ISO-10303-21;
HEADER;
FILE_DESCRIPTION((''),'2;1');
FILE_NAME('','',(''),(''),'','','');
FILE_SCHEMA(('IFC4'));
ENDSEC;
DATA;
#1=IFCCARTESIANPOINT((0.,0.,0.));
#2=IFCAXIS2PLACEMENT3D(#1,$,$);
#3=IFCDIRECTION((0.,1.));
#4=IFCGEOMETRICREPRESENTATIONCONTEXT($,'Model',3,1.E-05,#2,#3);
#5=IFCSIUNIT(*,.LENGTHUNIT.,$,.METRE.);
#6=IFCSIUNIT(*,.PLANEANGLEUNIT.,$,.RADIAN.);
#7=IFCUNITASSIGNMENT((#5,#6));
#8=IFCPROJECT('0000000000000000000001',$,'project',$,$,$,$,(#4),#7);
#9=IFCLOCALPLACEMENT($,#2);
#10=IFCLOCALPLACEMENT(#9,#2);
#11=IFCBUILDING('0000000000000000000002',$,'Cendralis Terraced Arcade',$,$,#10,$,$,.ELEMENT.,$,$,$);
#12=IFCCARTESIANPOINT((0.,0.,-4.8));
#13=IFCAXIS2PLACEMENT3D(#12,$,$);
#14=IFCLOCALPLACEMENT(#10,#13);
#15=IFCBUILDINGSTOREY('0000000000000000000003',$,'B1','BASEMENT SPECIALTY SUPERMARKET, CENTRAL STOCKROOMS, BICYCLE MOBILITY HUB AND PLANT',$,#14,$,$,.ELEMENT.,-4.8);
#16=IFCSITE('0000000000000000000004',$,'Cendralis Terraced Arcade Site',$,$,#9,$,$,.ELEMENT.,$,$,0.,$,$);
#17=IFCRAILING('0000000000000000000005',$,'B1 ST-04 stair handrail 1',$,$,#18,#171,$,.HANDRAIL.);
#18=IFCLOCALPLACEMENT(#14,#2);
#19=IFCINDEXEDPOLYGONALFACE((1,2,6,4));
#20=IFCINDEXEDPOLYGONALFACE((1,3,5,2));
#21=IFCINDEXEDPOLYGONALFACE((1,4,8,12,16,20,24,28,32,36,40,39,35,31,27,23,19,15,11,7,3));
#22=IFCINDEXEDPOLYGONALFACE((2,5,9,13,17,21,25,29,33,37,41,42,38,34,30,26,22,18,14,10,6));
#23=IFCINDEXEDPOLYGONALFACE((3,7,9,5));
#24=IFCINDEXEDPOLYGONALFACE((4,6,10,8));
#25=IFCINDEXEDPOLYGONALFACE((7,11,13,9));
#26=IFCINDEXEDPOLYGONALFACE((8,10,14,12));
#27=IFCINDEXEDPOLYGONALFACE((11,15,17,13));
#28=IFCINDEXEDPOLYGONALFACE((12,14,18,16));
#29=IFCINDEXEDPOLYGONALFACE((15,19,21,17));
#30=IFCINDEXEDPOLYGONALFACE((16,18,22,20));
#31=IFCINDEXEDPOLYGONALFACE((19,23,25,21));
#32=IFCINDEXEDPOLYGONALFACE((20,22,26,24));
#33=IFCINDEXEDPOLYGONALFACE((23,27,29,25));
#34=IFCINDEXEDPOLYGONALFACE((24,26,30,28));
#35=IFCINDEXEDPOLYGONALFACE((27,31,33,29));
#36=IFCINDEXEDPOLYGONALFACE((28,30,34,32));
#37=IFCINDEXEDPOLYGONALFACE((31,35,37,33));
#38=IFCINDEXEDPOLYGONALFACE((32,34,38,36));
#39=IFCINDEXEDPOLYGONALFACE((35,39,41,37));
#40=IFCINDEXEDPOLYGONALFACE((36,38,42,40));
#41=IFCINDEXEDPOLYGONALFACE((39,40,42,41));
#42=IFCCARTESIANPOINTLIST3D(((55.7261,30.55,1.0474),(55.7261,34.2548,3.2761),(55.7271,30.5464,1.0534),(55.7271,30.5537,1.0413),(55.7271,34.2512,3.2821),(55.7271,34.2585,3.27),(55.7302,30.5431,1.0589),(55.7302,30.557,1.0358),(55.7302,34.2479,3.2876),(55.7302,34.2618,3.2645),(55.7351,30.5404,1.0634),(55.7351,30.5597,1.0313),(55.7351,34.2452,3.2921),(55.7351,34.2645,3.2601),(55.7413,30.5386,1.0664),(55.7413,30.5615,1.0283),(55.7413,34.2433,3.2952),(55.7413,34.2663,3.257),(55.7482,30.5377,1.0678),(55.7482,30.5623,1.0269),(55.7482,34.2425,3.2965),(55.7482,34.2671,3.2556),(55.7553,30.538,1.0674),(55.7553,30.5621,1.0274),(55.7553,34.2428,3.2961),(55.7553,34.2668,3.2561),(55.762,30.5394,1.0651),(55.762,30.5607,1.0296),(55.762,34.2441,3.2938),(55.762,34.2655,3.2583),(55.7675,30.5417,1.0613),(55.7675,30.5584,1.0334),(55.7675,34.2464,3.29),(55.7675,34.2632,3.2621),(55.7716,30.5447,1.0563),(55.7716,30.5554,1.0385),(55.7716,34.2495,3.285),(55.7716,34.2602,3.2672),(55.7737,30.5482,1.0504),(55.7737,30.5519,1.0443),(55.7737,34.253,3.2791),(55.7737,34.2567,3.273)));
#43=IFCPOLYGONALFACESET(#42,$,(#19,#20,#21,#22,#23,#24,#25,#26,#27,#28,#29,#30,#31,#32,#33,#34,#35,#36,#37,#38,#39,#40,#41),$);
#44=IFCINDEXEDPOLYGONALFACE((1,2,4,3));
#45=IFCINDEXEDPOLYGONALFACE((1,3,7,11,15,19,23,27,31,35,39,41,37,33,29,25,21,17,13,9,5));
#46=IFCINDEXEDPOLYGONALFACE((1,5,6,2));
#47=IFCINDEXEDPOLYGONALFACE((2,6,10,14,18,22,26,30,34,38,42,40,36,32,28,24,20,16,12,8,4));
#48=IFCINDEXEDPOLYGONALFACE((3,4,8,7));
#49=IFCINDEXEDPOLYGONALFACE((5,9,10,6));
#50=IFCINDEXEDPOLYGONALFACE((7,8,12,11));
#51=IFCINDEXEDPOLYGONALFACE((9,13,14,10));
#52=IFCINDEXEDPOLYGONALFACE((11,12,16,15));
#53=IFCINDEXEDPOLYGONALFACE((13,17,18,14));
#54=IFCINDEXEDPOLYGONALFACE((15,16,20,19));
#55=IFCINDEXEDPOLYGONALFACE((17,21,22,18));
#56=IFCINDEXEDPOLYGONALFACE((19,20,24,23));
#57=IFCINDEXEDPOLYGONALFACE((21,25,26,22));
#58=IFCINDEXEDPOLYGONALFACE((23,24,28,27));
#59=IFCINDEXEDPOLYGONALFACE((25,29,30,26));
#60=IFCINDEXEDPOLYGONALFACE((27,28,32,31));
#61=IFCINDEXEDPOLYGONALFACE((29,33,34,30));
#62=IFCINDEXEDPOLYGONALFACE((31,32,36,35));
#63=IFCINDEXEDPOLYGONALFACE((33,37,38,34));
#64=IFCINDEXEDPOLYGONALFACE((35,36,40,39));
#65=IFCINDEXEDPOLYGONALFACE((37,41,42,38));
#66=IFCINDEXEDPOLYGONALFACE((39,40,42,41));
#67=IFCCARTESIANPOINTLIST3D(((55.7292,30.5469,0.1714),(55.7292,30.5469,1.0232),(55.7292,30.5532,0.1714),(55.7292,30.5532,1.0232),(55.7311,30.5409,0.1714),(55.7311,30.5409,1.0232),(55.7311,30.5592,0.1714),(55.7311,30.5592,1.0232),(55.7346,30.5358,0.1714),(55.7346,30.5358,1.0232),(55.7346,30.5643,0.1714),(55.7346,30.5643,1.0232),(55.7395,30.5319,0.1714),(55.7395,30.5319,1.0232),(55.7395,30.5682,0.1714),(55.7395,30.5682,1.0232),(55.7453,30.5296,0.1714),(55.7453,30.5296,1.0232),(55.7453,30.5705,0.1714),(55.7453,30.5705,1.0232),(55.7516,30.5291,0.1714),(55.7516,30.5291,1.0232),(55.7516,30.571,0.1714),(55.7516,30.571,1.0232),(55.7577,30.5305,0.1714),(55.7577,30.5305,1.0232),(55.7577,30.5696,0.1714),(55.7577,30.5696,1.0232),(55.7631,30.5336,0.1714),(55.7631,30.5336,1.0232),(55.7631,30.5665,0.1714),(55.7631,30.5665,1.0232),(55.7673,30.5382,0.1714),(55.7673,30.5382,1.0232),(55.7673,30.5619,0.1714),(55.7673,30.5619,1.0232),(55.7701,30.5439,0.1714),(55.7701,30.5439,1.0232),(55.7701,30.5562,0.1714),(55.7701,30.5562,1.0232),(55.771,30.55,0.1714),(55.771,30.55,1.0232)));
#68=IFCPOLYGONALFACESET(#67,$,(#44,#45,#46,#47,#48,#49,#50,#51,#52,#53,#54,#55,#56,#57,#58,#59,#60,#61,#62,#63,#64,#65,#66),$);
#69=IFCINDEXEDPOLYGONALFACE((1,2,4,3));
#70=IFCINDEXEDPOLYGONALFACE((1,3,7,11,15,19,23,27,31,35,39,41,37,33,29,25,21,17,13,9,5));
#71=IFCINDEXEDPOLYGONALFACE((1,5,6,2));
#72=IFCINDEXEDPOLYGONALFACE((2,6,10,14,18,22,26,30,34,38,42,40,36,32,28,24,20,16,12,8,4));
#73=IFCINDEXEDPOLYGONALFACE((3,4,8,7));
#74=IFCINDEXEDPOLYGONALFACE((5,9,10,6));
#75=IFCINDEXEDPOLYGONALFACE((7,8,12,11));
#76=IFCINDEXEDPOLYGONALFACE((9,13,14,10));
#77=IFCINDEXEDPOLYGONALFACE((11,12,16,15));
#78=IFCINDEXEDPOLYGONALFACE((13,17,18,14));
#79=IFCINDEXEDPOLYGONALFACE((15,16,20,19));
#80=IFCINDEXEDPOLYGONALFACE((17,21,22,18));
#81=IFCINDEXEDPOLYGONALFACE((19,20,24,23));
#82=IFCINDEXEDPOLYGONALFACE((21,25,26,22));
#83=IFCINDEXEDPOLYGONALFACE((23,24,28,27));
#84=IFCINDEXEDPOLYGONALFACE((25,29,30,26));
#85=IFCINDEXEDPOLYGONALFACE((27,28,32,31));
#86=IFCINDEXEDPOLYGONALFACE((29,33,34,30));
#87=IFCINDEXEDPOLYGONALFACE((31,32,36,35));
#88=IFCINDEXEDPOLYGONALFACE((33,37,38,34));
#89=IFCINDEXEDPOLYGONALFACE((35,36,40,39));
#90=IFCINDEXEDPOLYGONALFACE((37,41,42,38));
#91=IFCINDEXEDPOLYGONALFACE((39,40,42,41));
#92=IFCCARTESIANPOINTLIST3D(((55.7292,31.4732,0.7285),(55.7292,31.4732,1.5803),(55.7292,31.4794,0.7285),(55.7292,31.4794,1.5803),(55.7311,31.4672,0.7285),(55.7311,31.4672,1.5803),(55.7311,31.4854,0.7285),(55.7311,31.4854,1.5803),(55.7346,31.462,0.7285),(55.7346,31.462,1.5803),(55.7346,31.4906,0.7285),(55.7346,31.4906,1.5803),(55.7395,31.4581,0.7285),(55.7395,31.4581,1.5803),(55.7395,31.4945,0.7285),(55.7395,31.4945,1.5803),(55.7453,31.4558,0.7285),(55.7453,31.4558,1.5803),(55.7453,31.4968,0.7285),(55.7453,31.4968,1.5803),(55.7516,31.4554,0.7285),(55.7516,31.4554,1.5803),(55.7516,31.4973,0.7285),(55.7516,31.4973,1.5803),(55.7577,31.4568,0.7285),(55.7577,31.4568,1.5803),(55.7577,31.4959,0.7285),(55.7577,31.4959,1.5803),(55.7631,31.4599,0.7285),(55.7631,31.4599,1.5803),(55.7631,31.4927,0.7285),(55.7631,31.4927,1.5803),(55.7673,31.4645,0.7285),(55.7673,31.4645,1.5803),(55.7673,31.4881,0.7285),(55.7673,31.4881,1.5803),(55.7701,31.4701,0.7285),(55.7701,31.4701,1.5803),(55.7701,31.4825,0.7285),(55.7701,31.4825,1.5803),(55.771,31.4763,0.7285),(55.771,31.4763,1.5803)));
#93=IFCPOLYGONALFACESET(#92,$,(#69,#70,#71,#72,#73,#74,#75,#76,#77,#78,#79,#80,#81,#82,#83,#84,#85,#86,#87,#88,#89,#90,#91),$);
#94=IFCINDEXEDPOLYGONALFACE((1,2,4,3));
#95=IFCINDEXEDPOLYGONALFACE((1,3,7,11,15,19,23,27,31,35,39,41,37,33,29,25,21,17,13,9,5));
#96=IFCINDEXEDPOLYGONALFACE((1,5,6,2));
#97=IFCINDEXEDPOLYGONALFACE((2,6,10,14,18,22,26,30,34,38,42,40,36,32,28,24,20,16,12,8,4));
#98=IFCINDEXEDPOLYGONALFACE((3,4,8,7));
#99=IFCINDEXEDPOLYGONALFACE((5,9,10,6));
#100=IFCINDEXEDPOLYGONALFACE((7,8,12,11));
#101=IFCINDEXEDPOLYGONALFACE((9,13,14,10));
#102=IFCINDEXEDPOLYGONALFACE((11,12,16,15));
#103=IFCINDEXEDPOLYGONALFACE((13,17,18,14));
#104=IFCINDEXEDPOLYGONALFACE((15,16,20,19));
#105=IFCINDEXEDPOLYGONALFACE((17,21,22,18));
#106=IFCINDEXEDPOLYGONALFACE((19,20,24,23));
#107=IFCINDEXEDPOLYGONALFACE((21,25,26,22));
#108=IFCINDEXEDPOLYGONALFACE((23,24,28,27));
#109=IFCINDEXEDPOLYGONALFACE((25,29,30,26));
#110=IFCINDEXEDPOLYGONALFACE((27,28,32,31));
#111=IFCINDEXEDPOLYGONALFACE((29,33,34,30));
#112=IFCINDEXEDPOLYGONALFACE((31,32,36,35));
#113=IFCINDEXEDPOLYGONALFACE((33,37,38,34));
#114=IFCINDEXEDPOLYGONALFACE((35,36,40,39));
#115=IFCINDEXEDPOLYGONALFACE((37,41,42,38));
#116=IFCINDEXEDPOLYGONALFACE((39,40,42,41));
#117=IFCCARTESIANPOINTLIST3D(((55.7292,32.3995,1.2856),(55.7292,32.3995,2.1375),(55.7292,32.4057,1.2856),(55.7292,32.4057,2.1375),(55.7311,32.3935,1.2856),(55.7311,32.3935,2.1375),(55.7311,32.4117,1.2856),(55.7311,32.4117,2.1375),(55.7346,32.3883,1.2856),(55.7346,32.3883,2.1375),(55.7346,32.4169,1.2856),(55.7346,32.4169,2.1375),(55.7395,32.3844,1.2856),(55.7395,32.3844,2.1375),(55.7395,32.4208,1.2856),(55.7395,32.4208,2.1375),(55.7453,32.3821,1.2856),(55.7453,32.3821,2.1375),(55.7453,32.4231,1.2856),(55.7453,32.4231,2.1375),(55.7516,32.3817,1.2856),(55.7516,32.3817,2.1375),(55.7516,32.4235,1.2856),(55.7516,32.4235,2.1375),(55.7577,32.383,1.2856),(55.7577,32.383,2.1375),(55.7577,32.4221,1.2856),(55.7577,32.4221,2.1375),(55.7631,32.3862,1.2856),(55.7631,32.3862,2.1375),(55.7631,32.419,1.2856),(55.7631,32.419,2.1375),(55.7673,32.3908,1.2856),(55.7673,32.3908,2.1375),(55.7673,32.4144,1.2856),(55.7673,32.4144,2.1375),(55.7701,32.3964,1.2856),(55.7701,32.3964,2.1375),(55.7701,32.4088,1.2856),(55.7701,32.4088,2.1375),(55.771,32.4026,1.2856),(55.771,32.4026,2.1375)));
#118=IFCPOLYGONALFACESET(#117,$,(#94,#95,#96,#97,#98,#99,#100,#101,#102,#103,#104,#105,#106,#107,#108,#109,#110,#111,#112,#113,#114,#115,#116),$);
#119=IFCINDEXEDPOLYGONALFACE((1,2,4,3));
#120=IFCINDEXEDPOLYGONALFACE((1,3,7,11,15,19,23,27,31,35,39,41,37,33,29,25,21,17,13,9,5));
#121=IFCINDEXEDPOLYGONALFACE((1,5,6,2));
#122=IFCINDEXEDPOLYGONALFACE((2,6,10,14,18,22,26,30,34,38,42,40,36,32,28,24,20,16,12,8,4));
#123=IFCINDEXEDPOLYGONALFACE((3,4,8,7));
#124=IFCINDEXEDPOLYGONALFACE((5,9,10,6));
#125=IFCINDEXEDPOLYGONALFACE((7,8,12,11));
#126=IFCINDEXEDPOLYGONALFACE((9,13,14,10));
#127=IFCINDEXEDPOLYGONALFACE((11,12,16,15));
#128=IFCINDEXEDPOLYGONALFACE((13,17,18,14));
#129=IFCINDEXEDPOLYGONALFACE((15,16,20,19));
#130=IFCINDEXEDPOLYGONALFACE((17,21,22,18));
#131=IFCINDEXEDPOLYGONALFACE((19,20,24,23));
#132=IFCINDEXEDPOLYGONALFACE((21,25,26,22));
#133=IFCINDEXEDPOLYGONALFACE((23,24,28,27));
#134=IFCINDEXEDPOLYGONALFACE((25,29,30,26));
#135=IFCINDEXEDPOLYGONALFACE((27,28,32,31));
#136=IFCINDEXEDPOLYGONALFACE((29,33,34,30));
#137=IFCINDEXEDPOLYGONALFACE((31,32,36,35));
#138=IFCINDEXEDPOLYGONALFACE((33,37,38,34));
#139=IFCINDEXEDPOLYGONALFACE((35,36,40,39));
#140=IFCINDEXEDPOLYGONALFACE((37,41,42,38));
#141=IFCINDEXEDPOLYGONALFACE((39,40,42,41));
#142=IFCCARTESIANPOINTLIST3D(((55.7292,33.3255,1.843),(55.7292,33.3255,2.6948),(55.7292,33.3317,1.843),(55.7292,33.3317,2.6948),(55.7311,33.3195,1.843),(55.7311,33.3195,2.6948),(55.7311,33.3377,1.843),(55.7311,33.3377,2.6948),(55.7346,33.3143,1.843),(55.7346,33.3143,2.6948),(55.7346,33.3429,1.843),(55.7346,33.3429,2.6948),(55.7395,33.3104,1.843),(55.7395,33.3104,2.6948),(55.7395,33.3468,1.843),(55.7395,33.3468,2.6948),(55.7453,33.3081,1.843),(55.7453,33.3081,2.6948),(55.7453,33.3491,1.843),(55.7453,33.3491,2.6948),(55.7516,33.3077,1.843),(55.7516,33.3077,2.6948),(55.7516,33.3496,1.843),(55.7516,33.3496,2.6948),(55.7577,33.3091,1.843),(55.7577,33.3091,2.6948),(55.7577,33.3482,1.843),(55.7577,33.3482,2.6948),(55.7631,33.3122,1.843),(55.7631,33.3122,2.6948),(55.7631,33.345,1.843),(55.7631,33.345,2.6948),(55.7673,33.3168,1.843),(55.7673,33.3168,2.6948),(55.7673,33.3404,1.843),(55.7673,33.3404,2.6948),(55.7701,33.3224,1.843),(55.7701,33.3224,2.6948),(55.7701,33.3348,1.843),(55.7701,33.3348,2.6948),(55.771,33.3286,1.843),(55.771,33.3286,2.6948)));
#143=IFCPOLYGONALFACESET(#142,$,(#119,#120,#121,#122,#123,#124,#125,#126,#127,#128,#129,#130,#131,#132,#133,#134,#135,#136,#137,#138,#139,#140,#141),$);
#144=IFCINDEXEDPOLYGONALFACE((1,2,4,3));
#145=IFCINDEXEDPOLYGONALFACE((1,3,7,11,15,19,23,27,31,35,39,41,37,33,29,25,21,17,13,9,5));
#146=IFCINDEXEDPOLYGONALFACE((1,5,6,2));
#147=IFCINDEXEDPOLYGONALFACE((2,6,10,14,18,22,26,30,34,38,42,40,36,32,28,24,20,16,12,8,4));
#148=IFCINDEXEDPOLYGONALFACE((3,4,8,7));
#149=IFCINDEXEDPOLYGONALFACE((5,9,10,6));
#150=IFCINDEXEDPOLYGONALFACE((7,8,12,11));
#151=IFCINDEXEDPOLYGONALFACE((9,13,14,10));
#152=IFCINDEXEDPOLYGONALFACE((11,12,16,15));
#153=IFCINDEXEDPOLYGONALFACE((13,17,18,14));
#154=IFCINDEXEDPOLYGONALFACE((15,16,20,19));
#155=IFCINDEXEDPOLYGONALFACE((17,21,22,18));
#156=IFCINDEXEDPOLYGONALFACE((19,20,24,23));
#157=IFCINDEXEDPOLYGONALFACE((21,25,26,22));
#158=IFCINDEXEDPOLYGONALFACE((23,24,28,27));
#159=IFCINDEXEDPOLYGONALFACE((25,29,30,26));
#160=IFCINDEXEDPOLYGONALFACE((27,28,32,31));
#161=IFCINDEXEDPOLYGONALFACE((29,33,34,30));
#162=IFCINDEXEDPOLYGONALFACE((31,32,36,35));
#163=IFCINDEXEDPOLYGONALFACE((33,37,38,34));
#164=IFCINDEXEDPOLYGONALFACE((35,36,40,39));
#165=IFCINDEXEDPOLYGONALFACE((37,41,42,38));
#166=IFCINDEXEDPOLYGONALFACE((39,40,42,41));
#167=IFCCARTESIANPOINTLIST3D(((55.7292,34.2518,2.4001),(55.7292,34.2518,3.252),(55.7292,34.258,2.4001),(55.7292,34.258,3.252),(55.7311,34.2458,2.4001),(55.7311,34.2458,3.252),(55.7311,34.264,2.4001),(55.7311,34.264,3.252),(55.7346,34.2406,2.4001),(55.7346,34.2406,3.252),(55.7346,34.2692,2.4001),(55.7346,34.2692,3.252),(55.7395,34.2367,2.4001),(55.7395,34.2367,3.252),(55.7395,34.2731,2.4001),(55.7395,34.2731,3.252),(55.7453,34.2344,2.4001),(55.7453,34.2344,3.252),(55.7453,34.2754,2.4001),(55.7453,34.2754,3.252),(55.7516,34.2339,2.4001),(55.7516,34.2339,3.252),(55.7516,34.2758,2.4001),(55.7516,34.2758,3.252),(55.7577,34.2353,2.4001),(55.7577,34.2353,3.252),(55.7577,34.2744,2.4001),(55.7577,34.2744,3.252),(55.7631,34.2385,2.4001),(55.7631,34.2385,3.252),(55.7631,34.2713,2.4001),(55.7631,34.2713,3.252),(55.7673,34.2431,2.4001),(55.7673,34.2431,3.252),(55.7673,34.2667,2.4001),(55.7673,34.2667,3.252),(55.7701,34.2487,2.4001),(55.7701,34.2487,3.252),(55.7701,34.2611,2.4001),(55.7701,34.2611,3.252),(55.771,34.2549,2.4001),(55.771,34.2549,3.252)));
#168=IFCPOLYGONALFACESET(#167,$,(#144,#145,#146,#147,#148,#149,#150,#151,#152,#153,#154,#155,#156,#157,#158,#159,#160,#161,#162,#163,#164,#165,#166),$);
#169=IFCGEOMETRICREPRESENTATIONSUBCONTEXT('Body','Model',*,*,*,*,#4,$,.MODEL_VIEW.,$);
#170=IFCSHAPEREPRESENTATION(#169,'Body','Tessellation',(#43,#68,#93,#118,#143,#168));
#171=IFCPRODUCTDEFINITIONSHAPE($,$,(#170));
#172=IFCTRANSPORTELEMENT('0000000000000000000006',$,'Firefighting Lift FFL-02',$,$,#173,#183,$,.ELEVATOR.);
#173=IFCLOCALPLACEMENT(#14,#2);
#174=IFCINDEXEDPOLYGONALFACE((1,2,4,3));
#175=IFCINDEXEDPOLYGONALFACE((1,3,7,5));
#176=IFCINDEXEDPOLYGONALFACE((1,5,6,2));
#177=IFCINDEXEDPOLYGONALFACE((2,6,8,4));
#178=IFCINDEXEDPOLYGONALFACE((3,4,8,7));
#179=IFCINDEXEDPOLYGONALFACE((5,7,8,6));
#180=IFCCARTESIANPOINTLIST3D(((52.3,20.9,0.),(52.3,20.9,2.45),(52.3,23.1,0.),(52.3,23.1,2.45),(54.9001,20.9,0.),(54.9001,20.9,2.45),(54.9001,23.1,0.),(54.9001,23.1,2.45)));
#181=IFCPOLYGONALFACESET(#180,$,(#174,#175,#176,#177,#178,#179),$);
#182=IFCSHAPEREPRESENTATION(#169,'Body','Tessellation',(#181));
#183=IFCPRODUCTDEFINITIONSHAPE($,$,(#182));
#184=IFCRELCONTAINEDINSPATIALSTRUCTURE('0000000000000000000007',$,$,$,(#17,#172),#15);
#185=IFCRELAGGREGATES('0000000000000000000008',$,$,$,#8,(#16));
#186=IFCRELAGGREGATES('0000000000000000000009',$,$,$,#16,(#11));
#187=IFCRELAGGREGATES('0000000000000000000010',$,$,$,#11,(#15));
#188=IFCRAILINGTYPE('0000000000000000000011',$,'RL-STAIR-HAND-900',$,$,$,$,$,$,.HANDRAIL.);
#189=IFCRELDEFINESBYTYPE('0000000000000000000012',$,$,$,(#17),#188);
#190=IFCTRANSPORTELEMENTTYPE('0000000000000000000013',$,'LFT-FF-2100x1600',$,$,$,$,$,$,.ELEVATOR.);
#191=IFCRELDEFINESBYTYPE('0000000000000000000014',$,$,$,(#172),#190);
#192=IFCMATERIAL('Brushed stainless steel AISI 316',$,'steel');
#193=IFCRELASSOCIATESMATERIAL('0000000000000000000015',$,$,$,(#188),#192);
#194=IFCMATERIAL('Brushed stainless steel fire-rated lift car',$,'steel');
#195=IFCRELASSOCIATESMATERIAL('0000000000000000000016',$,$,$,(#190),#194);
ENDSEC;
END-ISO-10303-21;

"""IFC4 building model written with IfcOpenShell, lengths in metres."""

from ifc_helpers import new_model, si_unit, direction, frame, origin, origin_2d, place, context, subcontext, project, spatial, rectangle, circle, extrude, material, type_object, element, save


model = new_model("IFC4")

# Units and contexts
model_context = context("Model", 3, precision=1e-05, world=origin(), true_north=direction((0.0, 1.0)))
body_context = subcontext(model_context, "Body", "Model", "MODEL_VIEW")
ifc_project = project(units=[si_unit("LENGTHUNIT", "METRE"), si_unit("PLANEANGLEUNIT", "RADIAN")], contexts=[model_context])

# Site, building, storey
site_placement = place(None, origin())
site = spatial("IfcSite", under=ifc_project, at=site_placement, Name="Cendralis Terraced Arcade Site", CompositionType="ELEMENT", RefElevation=0.0)
building_placement = place(site_placement, origin())
building = spatial("IfcBuilding", under=site, at=building_placement, Name="Cendralis Terraced Arcade", CompositionType="ELEMENT")
storey_placement = place(building_placement, frame((0.0, 0.0, -4.8)))
storey = spatial("IfcBuildingStorey", under=building, at=storey_placement, Name="B1", Description="BASEMENT SPECIALTY SUPERMARKET, CENTRAL STOCKROOMS, BICYCLE MOBILITY HUB AND PLANT", CompositionType="ELEMENT", Elevation=-4.8)

# Railing
ifc_material_1 = material(Name="Brushed stainless steel AISI 316", Category="steel")
railing_type_1 = type_object("IfcRailingType", Name="RL-STAIR-HAND-900", PredefinedType="HANDRAIL", material=ifc_material_1)
railing_1_placement = place(storey_placement, frame((55.75, 30.55, 0.1714)))
element("IfcRailing", 1, at=railing_1_placement, inside=storey, type_object=railing_type_1, Name="B1 ST-04 stair handrail 1", PredefinedType="HANDRAIL", context=body_context, shape_type="SweptSolid", body=[
    extrude(circle(Radius=0.0239, at=origin_2d()), frame((0.0, 0.0, 0.876), z_axis=(0.0, 0.856894, 0.515492), x_axis=(-1.0, 0.0, 0.0)), (0.0, 0.0, 1.0), 4.3235),
    extrude(circle(Radius=0.021, at=origin_2d()), origin(), (0.0, 0.0, 1.0), 0.8518),
    extrude(circle(Radius=0.021, at=origin_2d()), frame((0.0, 0.9263, 0.5571)), (0.0, 0.0, 1.0), 0.8518),
    extrude(circle(Radius=0.021, at=origin_2d()), frame((0.0, 1.8525, 1.1143)), (0.0, 0.0, 1.0), 0.8518),
    extrude(circle(Radius=0.021, at=origin_2d()), frame((0.0, 2.7786, 1.6716)), (0.0, 0.0, 1.0), 0.8518),
    extrude(circle(Radius=0.021, at=origin_2d()), frame((0.0, 3.7048, 2.2288)), (0.0, 0.0, 1.0), 0.8518),
])

# Transport element
ifc_material_2 = material(Name="Brushed stainless steel fire-rated lift car", Category="steel")
transport_element_type = type_object("IfcTransportElementType", Name="LFT-FF-2100x1600", PredefinedType="ELEVATOR", material=ifc_material_2)
transport_element_placement = place(storey_placement, frame((53.6001, 22.0, 0.0), z_axis=(0.0, 0.0, 1.0), x_axis=(1.0, 0.0, 0.0)))
element("IfcTransportElement", 2, at=transport_element_placement, inside=storey, type_object=transport_element_type, Name="Firefighting Lift FFL-02", PredefinedType="ELEVATOR", context=body_context, shape_type="SweptSolid", body=[
    extrude(rectangle(XDim=2.6001, YDim=2.2, at=origin_2d()), origin(), (0.0, 0.0, 1.0), 2.45),
])

save(model, "model.ifc")
